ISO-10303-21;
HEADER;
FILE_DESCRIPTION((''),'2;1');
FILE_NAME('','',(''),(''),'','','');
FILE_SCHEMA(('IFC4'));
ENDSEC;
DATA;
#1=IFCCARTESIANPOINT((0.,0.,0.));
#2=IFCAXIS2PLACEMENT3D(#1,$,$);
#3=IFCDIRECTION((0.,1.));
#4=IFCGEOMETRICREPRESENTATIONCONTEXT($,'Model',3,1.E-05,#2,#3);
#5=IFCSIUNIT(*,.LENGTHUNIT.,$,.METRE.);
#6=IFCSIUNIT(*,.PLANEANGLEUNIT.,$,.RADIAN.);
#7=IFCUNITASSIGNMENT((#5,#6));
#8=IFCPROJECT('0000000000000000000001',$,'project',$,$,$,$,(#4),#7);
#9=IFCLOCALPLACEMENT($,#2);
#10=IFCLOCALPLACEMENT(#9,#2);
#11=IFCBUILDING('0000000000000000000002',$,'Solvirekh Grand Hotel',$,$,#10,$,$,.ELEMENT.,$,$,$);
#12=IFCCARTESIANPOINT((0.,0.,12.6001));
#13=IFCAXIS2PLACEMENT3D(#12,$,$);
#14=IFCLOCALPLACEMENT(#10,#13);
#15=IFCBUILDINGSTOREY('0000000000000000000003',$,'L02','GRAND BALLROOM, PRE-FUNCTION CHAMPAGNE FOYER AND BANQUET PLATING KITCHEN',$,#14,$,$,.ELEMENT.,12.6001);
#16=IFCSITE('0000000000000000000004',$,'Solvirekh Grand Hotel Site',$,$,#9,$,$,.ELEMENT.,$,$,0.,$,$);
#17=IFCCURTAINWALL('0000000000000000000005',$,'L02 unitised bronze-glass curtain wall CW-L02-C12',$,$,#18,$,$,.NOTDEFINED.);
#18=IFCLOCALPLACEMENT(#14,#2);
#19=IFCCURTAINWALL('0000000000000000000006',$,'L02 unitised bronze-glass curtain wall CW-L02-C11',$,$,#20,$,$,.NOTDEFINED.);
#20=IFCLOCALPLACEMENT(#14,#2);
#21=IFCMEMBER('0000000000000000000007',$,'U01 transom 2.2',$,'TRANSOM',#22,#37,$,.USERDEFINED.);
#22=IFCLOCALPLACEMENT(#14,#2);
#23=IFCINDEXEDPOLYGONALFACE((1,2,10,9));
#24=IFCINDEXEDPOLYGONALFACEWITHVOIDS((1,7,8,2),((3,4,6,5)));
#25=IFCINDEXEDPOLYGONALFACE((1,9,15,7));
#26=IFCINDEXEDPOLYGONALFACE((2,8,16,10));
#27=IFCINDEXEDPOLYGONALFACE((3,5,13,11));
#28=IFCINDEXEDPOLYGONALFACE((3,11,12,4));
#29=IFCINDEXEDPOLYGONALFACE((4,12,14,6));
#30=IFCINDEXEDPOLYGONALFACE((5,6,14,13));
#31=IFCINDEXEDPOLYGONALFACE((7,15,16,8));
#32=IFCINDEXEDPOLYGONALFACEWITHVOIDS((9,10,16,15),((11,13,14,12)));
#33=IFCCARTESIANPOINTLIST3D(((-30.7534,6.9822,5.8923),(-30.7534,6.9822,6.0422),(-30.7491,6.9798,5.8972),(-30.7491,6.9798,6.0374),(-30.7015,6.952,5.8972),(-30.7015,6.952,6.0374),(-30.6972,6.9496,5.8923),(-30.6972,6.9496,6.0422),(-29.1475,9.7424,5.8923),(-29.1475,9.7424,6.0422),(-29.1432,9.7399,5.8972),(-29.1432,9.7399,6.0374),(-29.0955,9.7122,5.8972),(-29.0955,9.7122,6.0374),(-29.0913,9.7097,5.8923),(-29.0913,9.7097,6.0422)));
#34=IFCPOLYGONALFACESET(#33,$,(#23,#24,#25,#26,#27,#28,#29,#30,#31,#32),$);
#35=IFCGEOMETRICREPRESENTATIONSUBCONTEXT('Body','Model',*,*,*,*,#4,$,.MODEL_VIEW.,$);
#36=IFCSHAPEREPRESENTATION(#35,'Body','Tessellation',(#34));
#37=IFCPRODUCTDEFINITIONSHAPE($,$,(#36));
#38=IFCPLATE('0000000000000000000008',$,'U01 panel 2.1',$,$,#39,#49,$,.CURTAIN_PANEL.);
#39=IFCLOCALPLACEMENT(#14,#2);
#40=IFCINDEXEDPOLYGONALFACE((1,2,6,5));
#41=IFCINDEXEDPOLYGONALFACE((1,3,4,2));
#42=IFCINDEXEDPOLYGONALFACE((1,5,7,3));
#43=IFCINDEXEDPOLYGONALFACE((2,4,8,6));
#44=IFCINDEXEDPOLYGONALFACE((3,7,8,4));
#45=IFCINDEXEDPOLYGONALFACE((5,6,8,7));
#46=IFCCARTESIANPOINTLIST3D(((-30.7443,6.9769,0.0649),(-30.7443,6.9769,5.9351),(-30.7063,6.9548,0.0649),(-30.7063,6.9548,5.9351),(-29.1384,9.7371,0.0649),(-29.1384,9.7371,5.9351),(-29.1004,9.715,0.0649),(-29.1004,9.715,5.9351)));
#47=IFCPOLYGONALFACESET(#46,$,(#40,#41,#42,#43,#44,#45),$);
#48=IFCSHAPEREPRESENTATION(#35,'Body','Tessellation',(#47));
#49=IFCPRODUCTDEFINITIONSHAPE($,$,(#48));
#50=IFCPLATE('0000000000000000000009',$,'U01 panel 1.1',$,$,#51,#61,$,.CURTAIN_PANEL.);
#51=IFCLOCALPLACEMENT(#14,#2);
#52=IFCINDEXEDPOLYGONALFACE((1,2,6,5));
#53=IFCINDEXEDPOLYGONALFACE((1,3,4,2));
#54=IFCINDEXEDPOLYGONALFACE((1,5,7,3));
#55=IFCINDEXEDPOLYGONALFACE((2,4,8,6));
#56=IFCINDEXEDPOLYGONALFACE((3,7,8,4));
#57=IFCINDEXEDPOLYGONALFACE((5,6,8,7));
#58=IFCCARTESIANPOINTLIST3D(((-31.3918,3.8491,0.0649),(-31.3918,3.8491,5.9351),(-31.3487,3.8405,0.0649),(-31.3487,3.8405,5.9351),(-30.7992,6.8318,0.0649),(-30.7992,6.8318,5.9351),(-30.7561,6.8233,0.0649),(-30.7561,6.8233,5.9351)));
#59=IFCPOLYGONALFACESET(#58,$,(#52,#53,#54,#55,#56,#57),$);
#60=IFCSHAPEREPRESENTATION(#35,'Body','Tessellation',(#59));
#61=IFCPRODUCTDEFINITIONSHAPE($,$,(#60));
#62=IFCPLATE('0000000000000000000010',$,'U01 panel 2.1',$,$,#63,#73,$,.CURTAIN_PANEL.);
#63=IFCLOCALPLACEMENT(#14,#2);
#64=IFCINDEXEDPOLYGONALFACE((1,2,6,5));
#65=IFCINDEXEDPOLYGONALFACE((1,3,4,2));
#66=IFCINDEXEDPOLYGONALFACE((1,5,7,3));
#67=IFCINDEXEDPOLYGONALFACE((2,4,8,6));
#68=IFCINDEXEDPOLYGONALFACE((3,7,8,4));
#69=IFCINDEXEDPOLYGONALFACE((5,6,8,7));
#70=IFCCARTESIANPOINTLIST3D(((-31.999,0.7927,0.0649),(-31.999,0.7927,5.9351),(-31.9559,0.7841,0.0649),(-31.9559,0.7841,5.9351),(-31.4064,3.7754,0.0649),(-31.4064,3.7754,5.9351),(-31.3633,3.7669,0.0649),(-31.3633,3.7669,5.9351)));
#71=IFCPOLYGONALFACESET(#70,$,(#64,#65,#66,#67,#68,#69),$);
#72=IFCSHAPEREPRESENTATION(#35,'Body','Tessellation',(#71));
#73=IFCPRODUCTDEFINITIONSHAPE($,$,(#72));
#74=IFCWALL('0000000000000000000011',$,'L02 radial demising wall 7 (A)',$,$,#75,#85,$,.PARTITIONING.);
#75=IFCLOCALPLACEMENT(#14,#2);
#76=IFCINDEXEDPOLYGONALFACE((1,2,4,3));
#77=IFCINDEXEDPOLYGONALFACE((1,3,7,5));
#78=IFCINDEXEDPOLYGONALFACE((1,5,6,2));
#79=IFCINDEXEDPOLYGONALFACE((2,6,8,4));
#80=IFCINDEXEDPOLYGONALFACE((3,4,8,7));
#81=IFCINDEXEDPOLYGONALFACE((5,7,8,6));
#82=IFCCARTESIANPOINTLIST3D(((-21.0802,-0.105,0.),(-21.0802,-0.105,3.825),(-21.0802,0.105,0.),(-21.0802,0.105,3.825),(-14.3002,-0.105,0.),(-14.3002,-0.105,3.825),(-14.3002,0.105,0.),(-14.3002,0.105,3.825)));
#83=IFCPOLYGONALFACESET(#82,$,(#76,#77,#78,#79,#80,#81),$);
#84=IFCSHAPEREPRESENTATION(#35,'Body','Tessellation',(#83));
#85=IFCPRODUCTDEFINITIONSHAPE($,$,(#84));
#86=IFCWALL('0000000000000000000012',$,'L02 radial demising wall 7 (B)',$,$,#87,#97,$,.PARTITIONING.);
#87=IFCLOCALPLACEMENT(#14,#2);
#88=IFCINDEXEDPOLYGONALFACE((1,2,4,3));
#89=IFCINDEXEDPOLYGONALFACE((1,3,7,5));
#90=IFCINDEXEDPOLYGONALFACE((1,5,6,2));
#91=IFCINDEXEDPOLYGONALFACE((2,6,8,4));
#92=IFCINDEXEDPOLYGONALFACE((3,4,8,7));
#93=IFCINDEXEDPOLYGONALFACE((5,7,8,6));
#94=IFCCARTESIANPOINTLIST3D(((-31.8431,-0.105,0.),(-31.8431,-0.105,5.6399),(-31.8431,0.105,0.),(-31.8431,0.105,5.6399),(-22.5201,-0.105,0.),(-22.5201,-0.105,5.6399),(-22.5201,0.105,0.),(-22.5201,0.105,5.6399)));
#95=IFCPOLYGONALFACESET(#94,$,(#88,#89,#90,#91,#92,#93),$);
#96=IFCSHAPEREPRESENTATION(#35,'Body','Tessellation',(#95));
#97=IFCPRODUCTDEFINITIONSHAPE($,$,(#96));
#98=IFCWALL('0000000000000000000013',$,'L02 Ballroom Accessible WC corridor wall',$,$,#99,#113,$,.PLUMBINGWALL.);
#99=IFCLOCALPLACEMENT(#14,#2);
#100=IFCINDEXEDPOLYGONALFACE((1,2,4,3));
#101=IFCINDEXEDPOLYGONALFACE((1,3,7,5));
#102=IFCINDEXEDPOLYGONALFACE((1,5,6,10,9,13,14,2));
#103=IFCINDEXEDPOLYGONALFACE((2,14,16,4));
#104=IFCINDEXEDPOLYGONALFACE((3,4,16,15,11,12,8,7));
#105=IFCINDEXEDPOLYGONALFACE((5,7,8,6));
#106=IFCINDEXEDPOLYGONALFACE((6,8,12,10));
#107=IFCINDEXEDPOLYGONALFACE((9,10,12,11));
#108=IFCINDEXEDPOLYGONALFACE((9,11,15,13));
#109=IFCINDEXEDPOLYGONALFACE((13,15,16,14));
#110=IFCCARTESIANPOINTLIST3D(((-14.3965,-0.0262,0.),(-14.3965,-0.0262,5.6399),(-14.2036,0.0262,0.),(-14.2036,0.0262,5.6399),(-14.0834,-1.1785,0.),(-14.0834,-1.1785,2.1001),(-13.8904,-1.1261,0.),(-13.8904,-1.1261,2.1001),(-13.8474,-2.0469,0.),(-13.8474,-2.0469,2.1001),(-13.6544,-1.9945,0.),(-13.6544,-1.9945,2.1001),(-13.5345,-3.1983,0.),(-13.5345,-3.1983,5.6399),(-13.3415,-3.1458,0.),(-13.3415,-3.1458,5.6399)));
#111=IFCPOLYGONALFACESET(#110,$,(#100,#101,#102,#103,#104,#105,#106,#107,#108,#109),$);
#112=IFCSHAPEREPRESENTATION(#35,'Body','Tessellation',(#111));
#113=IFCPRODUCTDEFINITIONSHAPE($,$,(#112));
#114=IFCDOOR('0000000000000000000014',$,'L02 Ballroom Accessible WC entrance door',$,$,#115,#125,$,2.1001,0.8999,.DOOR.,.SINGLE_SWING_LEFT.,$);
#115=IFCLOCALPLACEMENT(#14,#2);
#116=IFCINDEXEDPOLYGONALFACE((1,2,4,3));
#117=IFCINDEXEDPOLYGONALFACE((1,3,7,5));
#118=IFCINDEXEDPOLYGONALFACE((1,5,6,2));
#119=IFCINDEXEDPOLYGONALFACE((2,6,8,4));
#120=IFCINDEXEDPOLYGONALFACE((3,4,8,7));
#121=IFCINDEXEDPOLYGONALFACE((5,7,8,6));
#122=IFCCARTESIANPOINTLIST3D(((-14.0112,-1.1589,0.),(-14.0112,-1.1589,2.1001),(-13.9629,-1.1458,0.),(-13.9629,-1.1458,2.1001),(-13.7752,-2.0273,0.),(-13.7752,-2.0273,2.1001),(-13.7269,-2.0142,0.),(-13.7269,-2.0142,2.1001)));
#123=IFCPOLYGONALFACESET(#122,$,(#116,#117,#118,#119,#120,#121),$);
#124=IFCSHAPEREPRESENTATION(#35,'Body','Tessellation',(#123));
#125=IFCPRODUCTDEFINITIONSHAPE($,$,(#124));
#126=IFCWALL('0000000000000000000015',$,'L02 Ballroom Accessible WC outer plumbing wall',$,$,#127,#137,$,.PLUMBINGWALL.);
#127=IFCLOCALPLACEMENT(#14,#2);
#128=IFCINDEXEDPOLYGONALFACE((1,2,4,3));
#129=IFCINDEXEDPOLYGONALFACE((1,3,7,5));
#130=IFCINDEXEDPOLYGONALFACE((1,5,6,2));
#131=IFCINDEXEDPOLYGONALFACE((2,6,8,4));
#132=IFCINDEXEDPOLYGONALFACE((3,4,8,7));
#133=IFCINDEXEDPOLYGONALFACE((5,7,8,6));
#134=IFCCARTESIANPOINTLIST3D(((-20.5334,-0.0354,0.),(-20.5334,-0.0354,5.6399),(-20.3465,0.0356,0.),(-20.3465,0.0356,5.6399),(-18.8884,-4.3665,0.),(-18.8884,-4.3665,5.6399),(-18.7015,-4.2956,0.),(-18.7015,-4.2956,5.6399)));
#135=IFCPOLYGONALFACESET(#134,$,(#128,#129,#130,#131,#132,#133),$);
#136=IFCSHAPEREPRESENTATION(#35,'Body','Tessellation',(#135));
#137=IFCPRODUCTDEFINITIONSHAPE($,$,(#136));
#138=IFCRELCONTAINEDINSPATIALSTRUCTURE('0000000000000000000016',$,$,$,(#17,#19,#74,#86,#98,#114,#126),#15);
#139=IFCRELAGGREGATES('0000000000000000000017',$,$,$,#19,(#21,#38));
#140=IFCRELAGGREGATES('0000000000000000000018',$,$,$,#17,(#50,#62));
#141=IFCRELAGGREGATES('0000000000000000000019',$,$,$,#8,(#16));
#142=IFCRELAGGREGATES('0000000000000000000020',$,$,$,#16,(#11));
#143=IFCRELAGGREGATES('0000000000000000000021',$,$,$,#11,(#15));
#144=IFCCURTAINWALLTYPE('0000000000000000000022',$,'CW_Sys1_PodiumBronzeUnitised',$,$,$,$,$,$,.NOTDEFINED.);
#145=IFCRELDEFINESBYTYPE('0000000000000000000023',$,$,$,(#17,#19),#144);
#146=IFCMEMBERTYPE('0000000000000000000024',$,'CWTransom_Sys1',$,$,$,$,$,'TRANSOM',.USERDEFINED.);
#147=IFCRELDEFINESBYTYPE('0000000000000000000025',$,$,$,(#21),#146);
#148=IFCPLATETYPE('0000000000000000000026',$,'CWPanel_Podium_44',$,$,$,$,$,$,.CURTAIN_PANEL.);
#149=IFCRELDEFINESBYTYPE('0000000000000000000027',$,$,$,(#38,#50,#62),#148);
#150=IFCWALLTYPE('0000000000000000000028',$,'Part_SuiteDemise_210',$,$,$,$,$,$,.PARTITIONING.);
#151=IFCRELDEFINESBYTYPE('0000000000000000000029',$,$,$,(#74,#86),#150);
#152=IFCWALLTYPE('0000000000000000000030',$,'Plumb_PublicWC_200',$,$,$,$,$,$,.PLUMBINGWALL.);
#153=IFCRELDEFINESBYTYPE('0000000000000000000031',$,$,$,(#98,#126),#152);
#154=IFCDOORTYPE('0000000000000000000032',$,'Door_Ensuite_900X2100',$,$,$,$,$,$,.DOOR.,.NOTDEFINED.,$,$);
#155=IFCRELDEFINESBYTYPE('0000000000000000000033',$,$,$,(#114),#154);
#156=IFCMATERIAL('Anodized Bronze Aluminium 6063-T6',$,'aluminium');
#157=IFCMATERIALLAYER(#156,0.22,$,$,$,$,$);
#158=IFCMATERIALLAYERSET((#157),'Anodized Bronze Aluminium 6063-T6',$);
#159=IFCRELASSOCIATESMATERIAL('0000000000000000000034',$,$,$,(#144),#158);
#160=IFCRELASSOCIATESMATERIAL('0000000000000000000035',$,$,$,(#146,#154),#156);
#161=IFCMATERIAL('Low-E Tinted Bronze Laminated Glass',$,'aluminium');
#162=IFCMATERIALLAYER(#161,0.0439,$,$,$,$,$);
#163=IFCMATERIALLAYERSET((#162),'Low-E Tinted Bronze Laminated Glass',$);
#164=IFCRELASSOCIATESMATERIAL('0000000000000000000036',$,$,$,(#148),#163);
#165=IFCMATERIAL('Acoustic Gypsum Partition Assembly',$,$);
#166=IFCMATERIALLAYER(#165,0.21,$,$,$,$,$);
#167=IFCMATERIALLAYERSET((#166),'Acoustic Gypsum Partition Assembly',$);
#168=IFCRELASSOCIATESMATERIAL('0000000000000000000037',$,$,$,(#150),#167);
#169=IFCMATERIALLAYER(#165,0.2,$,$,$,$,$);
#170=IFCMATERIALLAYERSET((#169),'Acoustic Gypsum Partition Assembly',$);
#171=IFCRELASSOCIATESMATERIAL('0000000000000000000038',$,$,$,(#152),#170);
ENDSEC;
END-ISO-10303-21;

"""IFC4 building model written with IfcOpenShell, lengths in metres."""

from ifc_helpers import new_model, si_unit, direction, frame, frame_2d, origin, origin_2d, place, context, subcontext, project, spatial, rectangle, hollow_rectangle, extrude, source, transform, mapped, material, layer, layer_set, material_profile, profile_set, type_object, element, fill, aggregate, save


model = new_model("IFC4")

# Units and contexts
model_context = context("Model", 3, precision=1e-05, world=origin(), true_north=direction((0.0, 1.0)))
body_context = subcontext(model_context, "Body", "Model", "MODEL_VIEW")
ifc_project = project(units=[si_unit("LENGTHUNIT", "METRE"), si_unit("PLANEANGLEUNIT", "RADIAN")], contexts=[model_context])

# Site, building, storey
site_placement = place(None, origin())
site = spatial("IfcSite", under=ifc_project, at=site_placement, Name="Solvirekh Grand Hotel Site", CompositionType="ELEMENT", RefElevation=0.0)
building_placement = place(site_placement, origin())
building = spatial("IfcBuilding", under=site, at=building_placement, Name="Solvirekh Grand Hotel", CompositionType="ELEMENT")
storey_placement = place(building_placement, frame((0.0, 0.0, 12.6001)))
storey = spatial("IfcBuildingStorey", under=building, at=storey_placement, Name="L02", Description="GRAND BALLROOM, PRE-FUNCTION CHAMPAGNE FOYER AND BANQUET PLATING KITCHEN", CompositionType="ELEMENT", Elevation=12.6001)

# Curtain walls
ifc_material_1 = material(Name="Anodized Bronze Aluminium 6063-T6", Category="aluminium")
ifc_layer_1 = layer(ifc_material_1, 0.22)
ifc_layer_set_1 = layer_set([ifc_layer_1], Name="Anodized Bronze Aluminium 6063-T6")
curtain_wall_type = type_object("IfcCurtainWallType", Name="CW_Sys1_PodiumBronzeUnitised", PredefinedType="NOTDEFINED", material=ifc_layer_set_1)
curtain_wall_1_placement = place(storey_placement, origin())
curtain_wall_1 = element("IfcCurtainWall", 1, at=curtain_wall_1_placement, inside=storey, type_object=curtain_wall_type, Name="L02 unitised bronze-glass curtain wall CW-L02-C12", PredefinedType="NOTDEFINED")
ifc_material_profile_1 = material_profile(ifc_material_1, hollow_rectangle(XDim=0.0649, YDim=0.1499, WallThickness=0.0049, at=origin_2d()), Name="ALU RHS 150X65X5")
ifc_profile_set_1 = profile_set([ifc_material_profile_1], Name="Anodized Bronze Aluminium 6063-T6")
member_type_1 = type_object("IfcMemberType", Name="CWTransom_Sys1", ElementType="TRANSOM", PredefinedType="USERDEFINED", material=ifc_profile_set_1)
curtain_wall_2_placement = place(storey_placement, origin())
curtain_wall_2 = element("IfcCurtainWall", 2, at=curtain_wall_2_placement, inside=storey, type_object=curtain_wall_type, Name="L02 unitised bronze-glass curtain wall CW-L02-C11", PredefinedType="NOTDEFINED")

# Member
shared_shape_1 = source(origin(), body_context, "Body", "SweptSolid", [
    extrude(hollow_rectangle(XDim=0.0649, YDim=0.1499, WallThickness=0.0049, at=origin_2d()), origin(), (0.0, 0.0, 1.0), 3.1934),
])
member_1_placement = place(storey_placement, frame((-29.1194, 9.7261, 5.9673), z_axis=(-0.502892, -0.86435, 0.0), x_axis=(0.86435, -0.502892, 0.0)))
member_1 = element("IfcMember", 3, at=member_1_placement, type_object=member_type_1, Name="U01 transom 2.2", ObjectType="TRANSOM", PredefinedType="USERDEFINED", context=body_context, shape_type="MappedRepresentation", body=[
    mapped(shared_shape_1, transform((0.0, 0.0, 0.0), x_axis=(1.0, 0.0, 0.0), y_axis=(0.0, 1.0, 0.0), z_axis=(0.0, 0.0, 1.0), scale=1.0)),
])

# Plates
ifc_material_2 = material(Name="Low-E Tinted Bronze Laminated Glass", Category="aluminium")
ifc_layer_2 = layer(ifc_material_2, 0.0439)
ifc_layer_set_2 = layer_set([ifc_layer_2], Name="Low-E Tinted Bronze Laminated Glass")
plate_type = type_object("IfcPlateType", Name="CWPanel_Podium_44", PredefinedType="CURTAIN_PANEL", material=ifc_layer_set_2)
shared_shape_2 = source(origin(), body_context, "Body", "SweptSolid", [
    extrude(rectangle(XDim=3.1934, YDim=0.0439, at=origin_2d()), origin(), (0.0, 0.0, 1.0), 5.8701),
])
plate_1_placement = place(storey_placement, frame((-29.9224, 8.3459, 0.0649), z_axis=(0.0, 0.0, 1.0), x_axis=(-0.502883, -0.864354, 0.0)))
plate_1 = element("IfcPlate", 4, at=plate_1_placement, type_object=plate_type, Name="U01 panel 2.1", PredefinedType="CURTAIN_PANEL", context=body_context, shape_type="MappedRepresentation", body=[
    mapped(shared_shape_2, transform((0.0, 0.0, 0.0), x_axis=(1.0, 0.0, 0.0), y_axis=(0.0, 1.0, 0.0), z_axis=(0.0, 0.0, 1.0), scale=1.0)),
])
aggregate(curtain_wall_2, [member_1, plate_1])
shared_shape_3 = source(origin(), body_context, "Body", "SweptSolid", [
    extrude(rectangle(XDim=3.041, YDim=0.0439, at=origin_2d()), origin(), (0.0, 0.0, 1.0), 5.8701),
])
plate_2_placement = place(storey_placement, frame((-31.074, 5.3362, 0.0649), z_axis=(0.0, 0.0, 1.0), x_axis=(-0.194866, -0.98083, 0.0)))
plate_2 = element("IfcPlate", 5, at=plate_2_placement, type_object=plate_type, Name="U01 panel 1.1", PredefinedType="CURTAIN_PANEL", context=body_context, shape_type="MappedRepresentation", body=[
    mapped(shared_shape_3, transform((0.0, 0.0, 0.0), x_axis=(1.0, 0.0, 0.0), y_axis=(0.0, 1.0, 0.0), z_axis=(0.0, 0.0, 1.0), scale=1.0)),
])
plate_3_placement = place(storey_placement, frame((-31.6812, 2.2798, 0.0649), z_axis=(0.0, 0.0, 1.0), x_axis=(-0.194866, -0.98083, 0.0)))
plate_3 = element("IfcPlate", 6, at=plate_3_placement, type_object=plate_type, Name="U01 panel 2.1", PredefinedType="CURTAIN_PANEL", context=body_context, shape_type="MappedRepresentation", body=[
    mapped(shared_shape_3, transform((0.0, 0.0, 0.0), x_axis=(1.0, 0.0, 0.0), y_axis=(0.0, 1.0, 0.0), z_axis=(0.0, 0.0, 1.0), scale=1.0)),
])
aggregate(curtain_wall_1, [plate_2, plate_3])

# Walls
ifc_material_3 = material(Name="Acoustic Gypsum Partition Assembly")
ifc_layer_3 = layer(ifc_material_3, 0.21)
ifc_layer_set_3 = layer_set([ifc_layer_3], Name="Acoustic Gypsum Partition Assembly")
wall_type_1 = type_object("IfcWallType", Name="Part_SuiteDemise_210", PredefinedType="PARTITIONING", material=ifc_layer_set_3)
wall_1_placement = place(storey_placement, frame((-14.3, 0.0, 0.0), z_axis=(0.0, 0.0, 1.0), x_axis=(-1.0, 0.0, 0.0)))
element("IfcWall", 7, at=wall_1_placement, inside=storey, type_object=wall_type_1, Name="L02 radial demising wall 7 (A)", PredefinedType="PARTITIONING", context=body_context, shape_type="SweptSolid", body=[
    extrude(rectangle(XDim=6.78, YDim=0.21, at=frame_2d((3.3901, 0.0))), origin(), (0.0, 0.0, 1.0), 3.825),
])
wall_2_placement = place(storey_placement, frame((-22.52, 0.0, 0.0), z_axis=(0.0, 0.0, 1.0), x_axis=(-1.0, 0.0, 0.0)))
element("IfcWall", 8, at=wall_2_placement, inside=storey, type_object=wall_type_1, Name="L02 radial demising wall 7 (B)", PredefinedType="PARTITIONING", context=body_context, shape_type="SweptSolid", body=[
    extrude(rectangle(XDim=9.323, YDim=0.21, at=frame_2d((4.6616, 0.0))), origin(), (0.0, 0.0, 1.0), 5.6399),
])

# Wall, opening, door
ifc_layer_4 = layer(ifc_material_3, 0.2)
ifc_layer_set_4 = layer_set([ifc_layer_4], Name="Acoustic Gypsum Partition Assembly")
wall_type_2 = type_object("IfcWallType", Name="Plumb_PublicWC_200", PredefinedType="PLUMBINGWALL", material=ifc_layer_set_4)
wall_3_placement = place(storey_placement, frame((-14.3, 0.0, 0.0), z_axis=(0.0, 0.0, 1.0), x_axis=(0.26225, -0.965, 0.0)))
wall_3 = element("IfcWall", 9, at=wall_3_placement, inside=storey, type_object=wall_type_2, Name="L02 Ballroom Accessible WC corridor wall", PredefinedType="PLUMBINGWALL", context=body_context, shape_type="SweptSolid", body=[
    extrude(rectangle(XDim=3.2871, YDim=0.2, at=frame_2d((1.6436, 0.0))), origin(), (0.0, 0.0, 1.0), 5.6399),
])
opening_placement = place(wall_3_placement, frame((1.1941, 0.0, 0.0)))
opening = element("IfcOpeningElement", 10, at=opening_placement, cuts=wall_3, PredefinedType="OPENING", context=body_context, shape_type="SweptSolid", body=[
    extrude(rectangle(XDim=0.8999, YDim=2.1001, at=frame_2d((0.45, 1.05))), frame((0.0, 0.1099, 0.0), z_axis=(0.0, -1.0, 0.0), x_axis=(1.0, 0.0, 0.0)), (0.0, 0.0, 1.0), 0.22),
])
door_type = type_object("IfcDoorType", Name="Door_Ensuite_900X2100", OperationType="NOTDEFINED", PredefinedType="DOOR", material=ifc_material_1)
door_placement = place(opening_placement, origin())
door = element("IfcDoor", 11, at=door_placement, inside=storey, type_object=door_type, Name="L02 Ballroom Accessible WC entrance door", OperationType="SINGLE_SWING_LEFT", OverallHeight=2.1001, OverallWidth=0.8999, PredefinedType="DOOR", context=body_context, shape_type="SweptSolid", body=[
    extrude(rectangle(XDim=0.8999, YDim=2.1001, at=frame_2d((0.45, 1.05))), frame((0.0, 0.0249, 0.0), z_axis=(0.0, -1.0, 0.0), x_axis=(1.0, 0.0, 0.0)), (0.0, 0.0, 1.0), 0.05),
])
fill(opening, door)

# Wall
wall_4_placement = place(storey_placement, frame((-20.4399, 0.0, 0.0), z_axis=(0.0, 0.0, 1.0), x_axis=(0.35507, -0.93484, 0.0)))
element("IfcWall", 12, at=wall_4_placement, inside=storey, type_object=wall_type_2, Name="L02 Ballroom Accessible WC outer plumbing wall", PredefinedType="PLUMBINGWALL", context=body_context, shape_type="SweptSolid", body=[
    extrude(rectangle(XDim=4.6331, YDim=0.2, at=frame_2d((2.3164, 0.0))), origin(), (0.0, 0.0, 1.0), 5.6399),
])

save(model, "model.ifc")
